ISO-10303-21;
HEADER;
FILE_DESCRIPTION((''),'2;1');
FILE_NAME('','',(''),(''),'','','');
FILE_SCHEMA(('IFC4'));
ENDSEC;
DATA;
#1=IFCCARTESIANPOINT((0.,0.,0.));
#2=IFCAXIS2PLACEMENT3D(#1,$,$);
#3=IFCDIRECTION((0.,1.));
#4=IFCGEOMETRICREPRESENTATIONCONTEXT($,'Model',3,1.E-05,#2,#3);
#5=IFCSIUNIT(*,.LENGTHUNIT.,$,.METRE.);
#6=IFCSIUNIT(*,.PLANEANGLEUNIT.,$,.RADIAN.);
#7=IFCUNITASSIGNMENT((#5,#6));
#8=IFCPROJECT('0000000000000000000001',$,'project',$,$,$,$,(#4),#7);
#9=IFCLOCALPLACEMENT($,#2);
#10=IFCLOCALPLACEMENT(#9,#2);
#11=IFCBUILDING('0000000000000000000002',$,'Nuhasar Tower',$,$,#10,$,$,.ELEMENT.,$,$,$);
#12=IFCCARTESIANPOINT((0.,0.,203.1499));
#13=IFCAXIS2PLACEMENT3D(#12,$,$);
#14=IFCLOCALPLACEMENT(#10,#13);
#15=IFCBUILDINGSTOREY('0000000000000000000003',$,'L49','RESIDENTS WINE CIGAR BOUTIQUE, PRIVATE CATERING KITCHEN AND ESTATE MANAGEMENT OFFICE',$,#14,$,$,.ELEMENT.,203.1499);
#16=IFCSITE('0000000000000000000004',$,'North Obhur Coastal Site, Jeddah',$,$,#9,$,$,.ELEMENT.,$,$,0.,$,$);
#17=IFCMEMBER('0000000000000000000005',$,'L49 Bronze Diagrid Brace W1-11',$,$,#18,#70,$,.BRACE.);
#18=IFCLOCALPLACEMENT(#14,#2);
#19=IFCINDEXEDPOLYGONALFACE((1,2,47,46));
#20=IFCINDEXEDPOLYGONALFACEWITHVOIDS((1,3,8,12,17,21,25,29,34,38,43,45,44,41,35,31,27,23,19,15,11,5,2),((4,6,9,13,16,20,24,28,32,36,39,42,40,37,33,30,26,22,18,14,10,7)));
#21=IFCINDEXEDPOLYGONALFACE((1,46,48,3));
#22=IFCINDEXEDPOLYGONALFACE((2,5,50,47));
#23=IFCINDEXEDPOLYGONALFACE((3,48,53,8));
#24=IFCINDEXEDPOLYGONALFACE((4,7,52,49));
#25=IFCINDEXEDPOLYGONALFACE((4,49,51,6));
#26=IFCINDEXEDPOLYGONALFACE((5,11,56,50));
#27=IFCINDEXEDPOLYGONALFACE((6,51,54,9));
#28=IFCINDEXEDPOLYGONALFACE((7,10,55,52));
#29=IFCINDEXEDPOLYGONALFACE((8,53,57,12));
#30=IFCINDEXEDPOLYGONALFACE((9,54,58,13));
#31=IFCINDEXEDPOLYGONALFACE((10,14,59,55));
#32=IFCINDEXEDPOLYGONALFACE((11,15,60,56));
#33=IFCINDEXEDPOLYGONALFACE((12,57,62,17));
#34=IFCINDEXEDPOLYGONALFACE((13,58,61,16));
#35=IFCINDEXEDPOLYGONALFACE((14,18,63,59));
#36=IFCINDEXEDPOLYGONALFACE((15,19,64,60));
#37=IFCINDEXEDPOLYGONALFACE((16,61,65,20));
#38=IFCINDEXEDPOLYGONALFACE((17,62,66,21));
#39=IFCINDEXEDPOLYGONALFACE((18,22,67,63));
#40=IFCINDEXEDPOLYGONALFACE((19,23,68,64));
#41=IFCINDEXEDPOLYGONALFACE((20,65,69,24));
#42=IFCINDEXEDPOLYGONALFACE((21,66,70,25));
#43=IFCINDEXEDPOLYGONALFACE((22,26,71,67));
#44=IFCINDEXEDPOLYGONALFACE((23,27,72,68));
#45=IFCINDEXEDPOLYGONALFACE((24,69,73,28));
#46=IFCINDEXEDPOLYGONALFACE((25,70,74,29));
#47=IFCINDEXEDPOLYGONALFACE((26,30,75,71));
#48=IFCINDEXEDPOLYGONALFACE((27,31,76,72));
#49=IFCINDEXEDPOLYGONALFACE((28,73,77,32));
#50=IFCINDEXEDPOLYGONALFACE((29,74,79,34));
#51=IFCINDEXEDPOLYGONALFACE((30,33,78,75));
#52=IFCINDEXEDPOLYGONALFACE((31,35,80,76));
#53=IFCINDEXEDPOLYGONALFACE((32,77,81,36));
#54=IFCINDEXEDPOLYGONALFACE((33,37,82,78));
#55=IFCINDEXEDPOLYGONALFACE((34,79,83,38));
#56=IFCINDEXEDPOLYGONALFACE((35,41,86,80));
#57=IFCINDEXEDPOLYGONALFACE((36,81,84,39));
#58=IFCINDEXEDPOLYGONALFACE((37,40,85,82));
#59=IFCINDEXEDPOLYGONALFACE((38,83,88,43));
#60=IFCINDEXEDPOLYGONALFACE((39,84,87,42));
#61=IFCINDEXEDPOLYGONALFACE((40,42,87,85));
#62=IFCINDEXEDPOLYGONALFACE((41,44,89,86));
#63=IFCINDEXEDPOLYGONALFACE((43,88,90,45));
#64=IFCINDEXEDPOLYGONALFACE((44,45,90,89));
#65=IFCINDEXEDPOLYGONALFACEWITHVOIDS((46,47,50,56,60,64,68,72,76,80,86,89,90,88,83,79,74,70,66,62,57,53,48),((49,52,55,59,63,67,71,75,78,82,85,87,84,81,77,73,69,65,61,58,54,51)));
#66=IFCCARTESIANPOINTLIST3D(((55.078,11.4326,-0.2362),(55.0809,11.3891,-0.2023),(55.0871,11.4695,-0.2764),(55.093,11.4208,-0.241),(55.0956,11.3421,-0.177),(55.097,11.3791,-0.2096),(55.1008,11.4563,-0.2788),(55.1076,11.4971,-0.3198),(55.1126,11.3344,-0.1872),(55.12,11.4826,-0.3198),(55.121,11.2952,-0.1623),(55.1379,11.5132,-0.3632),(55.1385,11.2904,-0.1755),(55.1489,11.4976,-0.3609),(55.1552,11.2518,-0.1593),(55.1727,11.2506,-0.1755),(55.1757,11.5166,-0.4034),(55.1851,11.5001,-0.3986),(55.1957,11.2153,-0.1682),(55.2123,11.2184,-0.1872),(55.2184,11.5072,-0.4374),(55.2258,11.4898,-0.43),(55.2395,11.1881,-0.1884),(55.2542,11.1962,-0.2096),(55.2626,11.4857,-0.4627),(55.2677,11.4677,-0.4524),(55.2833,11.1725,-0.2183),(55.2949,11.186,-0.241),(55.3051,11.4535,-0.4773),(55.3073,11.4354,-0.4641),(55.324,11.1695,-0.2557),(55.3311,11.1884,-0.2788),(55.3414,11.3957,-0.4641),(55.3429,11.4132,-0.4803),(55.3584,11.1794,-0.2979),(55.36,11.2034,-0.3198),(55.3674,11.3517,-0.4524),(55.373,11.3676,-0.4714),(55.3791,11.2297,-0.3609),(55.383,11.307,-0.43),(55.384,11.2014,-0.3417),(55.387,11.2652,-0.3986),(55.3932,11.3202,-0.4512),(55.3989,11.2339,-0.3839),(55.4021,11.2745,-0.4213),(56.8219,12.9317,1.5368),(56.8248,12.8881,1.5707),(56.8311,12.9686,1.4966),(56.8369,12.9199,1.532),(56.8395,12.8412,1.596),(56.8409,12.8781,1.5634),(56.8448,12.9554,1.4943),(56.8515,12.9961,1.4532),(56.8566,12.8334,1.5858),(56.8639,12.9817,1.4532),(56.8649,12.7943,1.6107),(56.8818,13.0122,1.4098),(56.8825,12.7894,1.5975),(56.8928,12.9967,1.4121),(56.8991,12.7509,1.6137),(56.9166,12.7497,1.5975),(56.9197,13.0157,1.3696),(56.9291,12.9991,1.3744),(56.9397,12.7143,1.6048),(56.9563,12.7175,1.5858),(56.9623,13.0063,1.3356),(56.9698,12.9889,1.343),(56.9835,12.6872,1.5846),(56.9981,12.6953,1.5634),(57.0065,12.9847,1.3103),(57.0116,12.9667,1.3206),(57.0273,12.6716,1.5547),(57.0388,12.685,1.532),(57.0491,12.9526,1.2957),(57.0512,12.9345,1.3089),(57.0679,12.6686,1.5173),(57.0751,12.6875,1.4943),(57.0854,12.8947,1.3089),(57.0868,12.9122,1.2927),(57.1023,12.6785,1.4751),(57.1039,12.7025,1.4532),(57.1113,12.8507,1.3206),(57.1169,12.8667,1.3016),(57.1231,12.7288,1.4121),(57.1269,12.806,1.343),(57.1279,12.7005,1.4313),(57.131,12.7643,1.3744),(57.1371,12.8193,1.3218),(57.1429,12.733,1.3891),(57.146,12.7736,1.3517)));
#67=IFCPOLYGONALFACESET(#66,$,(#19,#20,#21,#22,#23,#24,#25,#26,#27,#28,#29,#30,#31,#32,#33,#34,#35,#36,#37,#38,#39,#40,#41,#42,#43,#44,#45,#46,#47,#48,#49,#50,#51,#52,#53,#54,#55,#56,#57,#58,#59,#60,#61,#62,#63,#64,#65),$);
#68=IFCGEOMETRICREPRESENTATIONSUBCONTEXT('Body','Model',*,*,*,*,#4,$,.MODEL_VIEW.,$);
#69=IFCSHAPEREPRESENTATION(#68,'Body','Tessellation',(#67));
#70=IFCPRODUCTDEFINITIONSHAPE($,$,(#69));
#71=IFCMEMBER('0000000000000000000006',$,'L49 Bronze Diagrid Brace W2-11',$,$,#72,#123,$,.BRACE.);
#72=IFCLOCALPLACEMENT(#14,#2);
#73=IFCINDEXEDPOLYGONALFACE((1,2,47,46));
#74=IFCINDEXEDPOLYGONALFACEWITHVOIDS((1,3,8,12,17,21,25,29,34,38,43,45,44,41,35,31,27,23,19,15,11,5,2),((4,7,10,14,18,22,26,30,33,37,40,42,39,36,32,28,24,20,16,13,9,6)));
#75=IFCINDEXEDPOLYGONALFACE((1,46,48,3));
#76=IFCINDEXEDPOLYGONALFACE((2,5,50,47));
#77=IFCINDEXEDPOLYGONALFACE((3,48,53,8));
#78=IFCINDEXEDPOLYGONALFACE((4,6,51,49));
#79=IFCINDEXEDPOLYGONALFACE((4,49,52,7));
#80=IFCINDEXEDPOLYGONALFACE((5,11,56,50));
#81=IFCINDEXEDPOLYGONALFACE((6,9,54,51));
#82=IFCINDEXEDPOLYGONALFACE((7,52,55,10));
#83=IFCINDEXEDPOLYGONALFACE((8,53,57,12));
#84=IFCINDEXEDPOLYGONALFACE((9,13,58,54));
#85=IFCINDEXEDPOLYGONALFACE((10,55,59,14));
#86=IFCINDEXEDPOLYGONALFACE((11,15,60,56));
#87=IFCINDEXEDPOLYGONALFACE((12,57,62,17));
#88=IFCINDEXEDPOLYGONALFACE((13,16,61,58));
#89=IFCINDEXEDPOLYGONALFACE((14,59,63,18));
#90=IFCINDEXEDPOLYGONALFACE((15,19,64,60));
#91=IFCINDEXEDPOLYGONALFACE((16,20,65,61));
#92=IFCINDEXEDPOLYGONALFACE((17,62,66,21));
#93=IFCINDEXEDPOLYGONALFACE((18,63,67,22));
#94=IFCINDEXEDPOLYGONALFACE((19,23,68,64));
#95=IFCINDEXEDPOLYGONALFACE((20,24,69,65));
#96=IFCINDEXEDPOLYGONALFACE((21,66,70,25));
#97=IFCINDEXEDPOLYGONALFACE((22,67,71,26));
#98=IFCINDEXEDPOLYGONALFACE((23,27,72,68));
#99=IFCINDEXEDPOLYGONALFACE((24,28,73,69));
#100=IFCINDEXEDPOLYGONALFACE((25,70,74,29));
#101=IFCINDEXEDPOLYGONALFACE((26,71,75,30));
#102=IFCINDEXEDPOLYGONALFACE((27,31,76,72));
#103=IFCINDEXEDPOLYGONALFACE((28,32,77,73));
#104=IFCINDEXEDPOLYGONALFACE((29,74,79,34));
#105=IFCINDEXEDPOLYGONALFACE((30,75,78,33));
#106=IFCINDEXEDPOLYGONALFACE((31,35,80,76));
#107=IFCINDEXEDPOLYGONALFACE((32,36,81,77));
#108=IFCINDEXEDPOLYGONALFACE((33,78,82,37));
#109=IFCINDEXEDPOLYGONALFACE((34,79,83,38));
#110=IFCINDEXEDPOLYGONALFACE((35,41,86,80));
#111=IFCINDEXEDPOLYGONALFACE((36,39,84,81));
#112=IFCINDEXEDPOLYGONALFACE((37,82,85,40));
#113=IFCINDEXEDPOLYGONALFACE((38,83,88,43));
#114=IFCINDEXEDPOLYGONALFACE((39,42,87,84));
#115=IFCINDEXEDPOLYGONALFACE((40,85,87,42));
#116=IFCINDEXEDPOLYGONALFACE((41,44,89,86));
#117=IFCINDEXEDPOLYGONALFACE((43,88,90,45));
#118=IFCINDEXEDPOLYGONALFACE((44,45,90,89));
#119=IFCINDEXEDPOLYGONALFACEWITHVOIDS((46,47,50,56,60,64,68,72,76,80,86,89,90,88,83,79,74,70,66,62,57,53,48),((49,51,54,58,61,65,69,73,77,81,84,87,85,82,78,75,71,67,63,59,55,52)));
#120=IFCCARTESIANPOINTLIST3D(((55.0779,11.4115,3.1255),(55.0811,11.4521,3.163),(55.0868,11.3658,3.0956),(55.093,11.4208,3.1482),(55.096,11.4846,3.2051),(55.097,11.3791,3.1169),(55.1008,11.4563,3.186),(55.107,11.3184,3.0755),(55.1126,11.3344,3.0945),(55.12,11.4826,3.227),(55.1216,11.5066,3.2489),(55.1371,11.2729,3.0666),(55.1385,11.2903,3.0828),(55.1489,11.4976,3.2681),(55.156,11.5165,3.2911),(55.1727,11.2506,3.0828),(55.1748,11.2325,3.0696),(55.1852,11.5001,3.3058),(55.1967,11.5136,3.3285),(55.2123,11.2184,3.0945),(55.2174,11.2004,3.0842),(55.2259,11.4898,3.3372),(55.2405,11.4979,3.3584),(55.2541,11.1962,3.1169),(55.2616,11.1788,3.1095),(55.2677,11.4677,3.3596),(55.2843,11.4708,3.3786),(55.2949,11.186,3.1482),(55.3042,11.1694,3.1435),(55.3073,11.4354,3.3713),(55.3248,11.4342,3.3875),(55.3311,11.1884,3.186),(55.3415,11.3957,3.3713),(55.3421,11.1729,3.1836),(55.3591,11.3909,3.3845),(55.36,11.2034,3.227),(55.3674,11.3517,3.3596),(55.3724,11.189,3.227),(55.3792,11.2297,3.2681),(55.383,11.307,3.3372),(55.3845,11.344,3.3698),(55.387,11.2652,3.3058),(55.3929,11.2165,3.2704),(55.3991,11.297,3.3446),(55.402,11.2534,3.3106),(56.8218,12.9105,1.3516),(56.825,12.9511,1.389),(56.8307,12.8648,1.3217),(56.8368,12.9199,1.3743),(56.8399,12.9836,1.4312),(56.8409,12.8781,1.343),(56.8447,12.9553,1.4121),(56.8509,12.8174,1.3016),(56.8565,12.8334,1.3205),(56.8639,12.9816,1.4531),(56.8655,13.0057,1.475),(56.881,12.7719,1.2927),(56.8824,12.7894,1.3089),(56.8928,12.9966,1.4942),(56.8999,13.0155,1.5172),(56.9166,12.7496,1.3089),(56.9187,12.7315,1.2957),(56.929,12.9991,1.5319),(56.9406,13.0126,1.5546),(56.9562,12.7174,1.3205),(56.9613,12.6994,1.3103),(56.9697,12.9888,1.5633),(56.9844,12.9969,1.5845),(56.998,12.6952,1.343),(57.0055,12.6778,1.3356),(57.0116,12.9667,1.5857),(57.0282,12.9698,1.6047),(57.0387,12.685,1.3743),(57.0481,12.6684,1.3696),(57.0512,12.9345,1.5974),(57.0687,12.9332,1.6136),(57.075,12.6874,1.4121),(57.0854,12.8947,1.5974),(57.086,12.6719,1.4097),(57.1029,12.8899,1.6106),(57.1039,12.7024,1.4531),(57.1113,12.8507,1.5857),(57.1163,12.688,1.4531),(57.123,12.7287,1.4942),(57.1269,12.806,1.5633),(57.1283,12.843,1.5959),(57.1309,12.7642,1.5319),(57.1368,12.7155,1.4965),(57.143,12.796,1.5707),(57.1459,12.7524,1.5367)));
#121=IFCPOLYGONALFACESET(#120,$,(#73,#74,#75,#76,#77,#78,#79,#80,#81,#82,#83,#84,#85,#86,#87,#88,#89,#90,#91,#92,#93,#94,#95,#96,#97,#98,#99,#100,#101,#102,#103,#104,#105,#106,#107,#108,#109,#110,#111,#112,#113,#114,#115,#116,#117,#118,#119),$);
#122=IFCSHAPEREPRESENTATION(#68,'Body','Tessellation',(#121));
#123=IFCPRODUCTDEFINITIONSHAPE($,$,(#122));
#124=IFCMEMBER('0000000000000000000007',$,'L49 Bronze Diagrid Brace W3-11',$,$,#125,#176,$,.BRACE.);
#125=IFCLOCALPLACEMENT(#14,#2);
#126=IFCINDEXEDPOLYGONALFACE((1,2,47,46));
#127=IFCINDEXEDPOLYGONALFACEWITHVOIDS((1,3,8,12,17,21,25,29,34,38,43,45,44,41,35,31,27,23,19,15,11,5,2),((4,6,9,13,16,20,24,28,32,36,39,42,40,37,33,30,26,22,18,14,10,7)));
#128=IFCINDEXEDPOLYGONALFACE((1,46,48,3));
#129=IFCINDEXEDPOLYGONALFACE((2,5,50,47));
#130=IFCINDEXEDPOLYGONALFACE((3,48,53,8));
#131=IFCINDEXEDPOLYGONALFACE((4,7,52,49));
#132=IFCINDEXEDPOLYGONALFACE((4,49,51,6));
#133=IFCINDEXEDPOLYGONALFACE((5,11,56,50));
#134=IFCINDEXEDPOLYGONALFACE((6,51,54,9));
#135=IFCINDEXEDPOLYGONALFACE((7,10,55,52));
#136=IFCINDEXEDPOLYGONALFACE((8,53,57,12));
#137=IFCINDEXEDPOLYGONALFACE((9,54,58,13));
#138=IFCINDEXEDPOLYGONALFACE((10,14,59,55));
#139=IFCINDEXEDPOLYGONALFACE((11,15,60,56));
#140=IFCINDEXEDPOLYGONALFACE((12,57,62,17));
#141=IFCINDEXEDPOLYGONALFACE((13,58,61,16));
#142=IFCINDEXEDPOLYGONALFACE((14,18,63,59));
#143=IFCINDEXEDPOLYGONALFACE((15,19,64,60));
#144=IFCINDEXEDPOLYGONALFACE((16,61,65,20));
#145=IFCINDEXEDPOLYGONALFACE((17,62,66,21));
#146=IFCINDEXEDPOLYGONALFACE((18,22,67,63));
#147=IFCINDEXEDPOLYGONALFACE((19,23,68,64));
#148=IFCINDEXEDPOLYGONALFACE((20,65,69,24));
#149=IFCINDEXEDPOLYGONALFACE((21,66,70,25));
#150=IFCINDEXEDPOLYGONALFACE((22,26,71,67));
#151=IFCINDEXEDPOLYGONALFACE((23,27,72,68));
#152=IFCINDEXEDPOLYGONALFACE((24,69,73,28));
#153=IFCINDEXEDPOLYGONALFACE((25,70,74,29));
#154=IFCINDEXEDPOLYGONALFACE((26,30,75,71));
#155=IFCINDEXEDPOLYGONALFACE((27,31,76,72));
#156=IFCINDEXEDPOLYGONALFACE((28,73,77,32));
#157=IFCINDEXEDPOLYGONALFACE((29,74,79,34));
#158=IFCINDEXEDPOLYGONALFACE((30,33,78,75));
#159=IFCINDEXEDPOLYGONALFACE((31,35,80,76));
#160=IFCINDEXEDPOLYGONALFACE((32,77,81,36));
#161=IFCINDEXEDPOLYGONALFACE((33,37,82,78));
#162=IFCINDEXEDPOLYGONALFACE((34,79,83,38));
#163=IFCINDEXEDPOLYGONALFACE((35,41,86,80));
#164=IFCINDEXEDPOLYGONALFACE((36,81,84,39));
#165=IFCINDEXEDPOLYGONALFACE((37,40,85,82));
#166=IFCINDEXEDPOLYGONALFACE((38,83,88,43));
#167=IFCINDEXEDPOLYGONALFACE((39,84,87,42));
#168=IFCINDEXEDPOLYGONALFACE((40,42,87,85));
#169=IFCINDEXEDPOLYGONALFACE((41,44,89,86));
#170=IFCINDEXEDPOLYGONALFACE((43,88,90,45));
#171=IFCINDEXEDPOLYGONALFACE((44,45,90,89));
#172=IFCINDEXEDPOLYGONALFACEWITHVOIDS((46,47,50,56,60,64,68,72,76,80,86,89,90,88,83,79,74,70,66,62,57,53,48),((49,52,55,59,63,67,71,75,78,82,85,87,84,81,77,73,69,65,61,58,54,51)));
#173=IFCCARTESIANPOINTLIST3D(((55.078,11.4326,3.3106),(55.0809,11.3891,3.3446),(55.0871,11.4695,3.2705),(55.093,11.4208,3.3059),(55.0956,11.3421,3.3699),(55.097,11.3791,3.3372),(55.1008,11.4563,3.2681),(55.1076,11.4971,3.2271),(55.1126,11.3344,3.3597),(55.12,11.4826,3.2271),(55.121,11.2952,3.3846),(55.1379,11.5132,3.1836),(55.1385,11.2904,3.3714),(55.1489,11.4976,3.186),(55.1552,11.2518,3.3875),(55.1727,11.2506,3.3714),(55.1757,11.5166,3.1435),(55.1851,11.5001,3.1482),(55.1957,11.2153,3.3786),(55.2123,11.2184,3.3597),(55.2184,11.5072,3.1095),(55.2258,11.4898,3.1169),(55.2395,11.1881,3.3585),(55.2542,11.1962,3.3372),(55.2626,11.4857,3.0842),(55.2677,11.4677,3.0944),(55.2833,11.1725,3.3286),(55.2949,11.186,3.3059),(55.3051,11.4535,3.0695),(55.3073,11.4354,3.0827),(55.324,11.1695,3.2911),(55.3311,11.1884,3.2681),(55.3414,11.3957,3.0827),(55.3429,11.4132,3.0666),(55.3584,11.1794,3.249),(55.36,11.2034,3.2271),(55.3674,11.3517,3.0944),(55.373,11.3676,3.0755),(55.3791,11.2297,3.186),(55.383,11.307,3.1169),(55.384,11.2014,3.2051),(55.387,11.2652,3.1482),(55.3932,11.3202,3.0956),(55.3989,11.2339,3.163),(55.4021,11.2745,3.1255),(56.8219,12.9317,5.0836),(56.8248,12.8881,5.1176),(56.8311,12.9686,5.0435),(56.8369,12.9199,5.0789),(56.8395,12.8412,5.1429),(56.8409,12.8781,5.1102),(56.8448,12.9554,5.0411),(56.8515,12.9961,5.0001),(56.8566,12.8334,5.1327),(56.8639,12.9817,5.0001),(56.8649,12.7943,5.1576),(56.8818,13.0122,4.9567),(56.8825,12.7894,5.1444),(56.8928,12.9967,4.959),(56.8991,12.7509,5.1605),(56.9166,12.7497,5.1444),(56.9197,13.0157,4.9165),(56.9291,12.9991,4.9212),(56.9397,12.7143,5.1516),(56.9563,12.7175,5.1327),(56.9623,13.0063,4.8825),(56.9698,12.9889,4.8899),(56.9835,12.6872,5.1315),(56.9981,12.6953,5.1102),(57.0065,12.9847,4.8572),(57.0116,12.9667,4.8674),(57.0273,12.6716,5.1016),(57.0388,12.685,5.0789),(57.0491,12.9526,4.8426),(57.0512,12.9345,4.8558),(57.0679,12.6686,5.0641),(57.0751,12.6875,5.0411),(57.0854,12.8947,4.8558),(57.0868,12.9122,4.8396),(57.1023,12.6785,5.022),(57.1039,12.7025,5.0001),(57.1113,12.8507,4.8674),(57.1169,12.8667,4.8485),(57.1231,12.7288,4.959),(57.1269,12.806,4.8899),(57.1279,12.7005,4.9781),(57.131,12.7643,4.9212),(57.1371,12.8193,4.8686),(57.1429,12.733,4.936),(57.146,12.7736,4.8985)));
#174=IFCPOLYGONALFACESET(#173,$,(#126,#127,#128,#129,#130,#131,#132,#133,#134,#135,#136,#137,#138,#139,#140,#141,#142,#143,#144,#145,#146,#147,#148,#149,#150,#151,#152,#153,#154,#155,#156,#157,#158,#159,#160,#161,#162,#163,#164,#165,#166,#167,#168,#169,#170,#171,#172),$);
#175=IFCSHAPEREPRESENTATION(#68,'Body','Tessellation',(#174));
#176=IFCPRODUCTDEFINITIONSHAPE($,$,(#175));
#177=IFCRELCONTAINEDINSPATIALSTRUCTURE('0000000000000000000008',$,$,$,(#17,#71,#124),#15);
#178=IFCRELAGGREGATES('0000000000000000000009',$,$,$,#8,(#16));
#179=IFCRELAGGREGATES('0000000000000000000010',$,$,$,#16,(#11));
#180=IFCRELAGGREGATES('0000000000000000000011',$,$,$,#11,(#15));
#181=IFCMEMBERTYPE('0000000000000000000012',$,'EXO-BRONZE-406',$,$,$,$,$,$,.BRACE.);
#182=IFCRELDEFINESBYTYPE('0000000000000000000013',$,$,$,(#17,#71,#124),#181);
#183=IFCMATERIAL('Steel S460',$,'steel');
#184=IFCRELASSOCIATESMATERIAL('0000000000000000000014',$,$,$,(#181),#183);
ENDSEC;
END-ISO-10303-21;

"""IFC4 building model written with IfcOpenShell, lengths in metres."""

from ifc_helpers import new_model, si_unit, direction, frame, origin, origin_2d, place, context, subcontext, project, spatial, hollow_circle, extrude, material, material_profile, profile_set, type_object, element, save


model = new_model("IFC4")

# Units and contexts
model_context = context("Model", 3, precision=1e-05, world=origin(), true_north=direction((0.0, 1.0)))
body_context = subcontext(model_context, "Body", "Model", "MODEL_VIEW")
ifc_project = project(units=[si_unit("LENGTHUNIT", "METRE"), si_unit("PLANEANGLEUNIT", "RADIAN")], contexts=[model_context])

# Site, building, storey
site_placement = place(None, origin())
site = spatial("IfcSite", under=ifc_project, at=site_placement, Name="North Obhur Coastal Site, Jeddah", CompositionType="ELEMENT", RefElevation=0.0)
building_placement = place(site_placement, origin())
building = spatial("IfcBuilding", under=site, at=building_placement, Name="Nuhasar Tower", CompositionType="ELEMENT")
storey_placement = place(building_placement, frame((0.0, 0.0, 203.1499)))
storey = spatial("IfcBuildingStorey", under=building, at=storey_placement, Name="L49", Description="RESIDENTS WINE CIGAR BOUTIQUE, PRIVATE CATERING KITCHEN AND ESTATE MANAGEMENT OFFICE", CompositionType="ELEMENT", Elevation=203.1499)

# Shared definitions
ifc_material_1 = material(Name="Steel S460", Category="steel")

# Members
ifc_material_profile_1 = material_profile(ifc_material_1, hollow_circle(Radius=0.2031, WallThickness=0.019, at=origin_2d()), Name="HSS406.4X19.1")
ifc_profile_set_1 = profile_set([ifc_material_profile_1], Name="Steel S460")
member_type_1 = type_object("IfcMemberType", Name="EXO-BRONZE-406", PredefinedType="BRACE", material=ifc_profile_set_1)
member_1_placement = place(storey_placement, frame((55.24, 11.343, -0.3198), z_axis=(0.600573, 0.516242, 0.610578), x_axis=(-0.651857, 0.758342, 0.0)))
element("IfcMember", 1, at=member_1_placement, inside=storey, type_object=member_type_1, Name="L49 Bronze Diagrid Brace W1-11", PredefinedType="BRACE", context=body_context, shape_type="SweptSolid", body=[
    extrude(hollow_circle(Radius=0.2031, WallThickness=0.019, at=origin_2d()), origin(), (0.0, 0.0, 1.0), 2.9038),
])
member_2_placement = place(storey_placement, frame((56.9839, 12.842, 1.4531), z_axis=(-0.60045, -0.516136, 0.610789), x_axis=(0.651857, -0.758342, 0.0)))
element("IfcMember", 2, at=member_2_placement, inside=storey, type_object=member_type_1, Name="L49 Bronze Diagrid Brace W2-11", PredefinedType="BRACE", context=body_context, shape_type="SweptSolid", body=[
    extrude(hollow_circle(Radius=0.2031, WallThickness=0.019, at=origin_2d()), origin(), (0.0, 0.0, 1.0), 2.9043),
])
member_3_placement = place(storey_placement, frame((55.24, 11.343, 3.2271), z_axis=(0.600573, 0.516242, 0.610578), x_axis=(-0.651857, 0.758342, 0.0)))
element("IfcMember", 3, at=member_3_placement, inside=storey, type_object=member_type_1, Name="L49 Bronze Diagrid Brace W3-11", PredefinedType="BRACE", context=body_context, shape_type="SweptSolid", body=[
    extrude(hollow_circle(Radius=0.2031, WallThickness=0.019, at=origin_2d()), origin(), (0.0, 0.0, 1.0), 2.9038),
])

save(model, "model.ifc")
